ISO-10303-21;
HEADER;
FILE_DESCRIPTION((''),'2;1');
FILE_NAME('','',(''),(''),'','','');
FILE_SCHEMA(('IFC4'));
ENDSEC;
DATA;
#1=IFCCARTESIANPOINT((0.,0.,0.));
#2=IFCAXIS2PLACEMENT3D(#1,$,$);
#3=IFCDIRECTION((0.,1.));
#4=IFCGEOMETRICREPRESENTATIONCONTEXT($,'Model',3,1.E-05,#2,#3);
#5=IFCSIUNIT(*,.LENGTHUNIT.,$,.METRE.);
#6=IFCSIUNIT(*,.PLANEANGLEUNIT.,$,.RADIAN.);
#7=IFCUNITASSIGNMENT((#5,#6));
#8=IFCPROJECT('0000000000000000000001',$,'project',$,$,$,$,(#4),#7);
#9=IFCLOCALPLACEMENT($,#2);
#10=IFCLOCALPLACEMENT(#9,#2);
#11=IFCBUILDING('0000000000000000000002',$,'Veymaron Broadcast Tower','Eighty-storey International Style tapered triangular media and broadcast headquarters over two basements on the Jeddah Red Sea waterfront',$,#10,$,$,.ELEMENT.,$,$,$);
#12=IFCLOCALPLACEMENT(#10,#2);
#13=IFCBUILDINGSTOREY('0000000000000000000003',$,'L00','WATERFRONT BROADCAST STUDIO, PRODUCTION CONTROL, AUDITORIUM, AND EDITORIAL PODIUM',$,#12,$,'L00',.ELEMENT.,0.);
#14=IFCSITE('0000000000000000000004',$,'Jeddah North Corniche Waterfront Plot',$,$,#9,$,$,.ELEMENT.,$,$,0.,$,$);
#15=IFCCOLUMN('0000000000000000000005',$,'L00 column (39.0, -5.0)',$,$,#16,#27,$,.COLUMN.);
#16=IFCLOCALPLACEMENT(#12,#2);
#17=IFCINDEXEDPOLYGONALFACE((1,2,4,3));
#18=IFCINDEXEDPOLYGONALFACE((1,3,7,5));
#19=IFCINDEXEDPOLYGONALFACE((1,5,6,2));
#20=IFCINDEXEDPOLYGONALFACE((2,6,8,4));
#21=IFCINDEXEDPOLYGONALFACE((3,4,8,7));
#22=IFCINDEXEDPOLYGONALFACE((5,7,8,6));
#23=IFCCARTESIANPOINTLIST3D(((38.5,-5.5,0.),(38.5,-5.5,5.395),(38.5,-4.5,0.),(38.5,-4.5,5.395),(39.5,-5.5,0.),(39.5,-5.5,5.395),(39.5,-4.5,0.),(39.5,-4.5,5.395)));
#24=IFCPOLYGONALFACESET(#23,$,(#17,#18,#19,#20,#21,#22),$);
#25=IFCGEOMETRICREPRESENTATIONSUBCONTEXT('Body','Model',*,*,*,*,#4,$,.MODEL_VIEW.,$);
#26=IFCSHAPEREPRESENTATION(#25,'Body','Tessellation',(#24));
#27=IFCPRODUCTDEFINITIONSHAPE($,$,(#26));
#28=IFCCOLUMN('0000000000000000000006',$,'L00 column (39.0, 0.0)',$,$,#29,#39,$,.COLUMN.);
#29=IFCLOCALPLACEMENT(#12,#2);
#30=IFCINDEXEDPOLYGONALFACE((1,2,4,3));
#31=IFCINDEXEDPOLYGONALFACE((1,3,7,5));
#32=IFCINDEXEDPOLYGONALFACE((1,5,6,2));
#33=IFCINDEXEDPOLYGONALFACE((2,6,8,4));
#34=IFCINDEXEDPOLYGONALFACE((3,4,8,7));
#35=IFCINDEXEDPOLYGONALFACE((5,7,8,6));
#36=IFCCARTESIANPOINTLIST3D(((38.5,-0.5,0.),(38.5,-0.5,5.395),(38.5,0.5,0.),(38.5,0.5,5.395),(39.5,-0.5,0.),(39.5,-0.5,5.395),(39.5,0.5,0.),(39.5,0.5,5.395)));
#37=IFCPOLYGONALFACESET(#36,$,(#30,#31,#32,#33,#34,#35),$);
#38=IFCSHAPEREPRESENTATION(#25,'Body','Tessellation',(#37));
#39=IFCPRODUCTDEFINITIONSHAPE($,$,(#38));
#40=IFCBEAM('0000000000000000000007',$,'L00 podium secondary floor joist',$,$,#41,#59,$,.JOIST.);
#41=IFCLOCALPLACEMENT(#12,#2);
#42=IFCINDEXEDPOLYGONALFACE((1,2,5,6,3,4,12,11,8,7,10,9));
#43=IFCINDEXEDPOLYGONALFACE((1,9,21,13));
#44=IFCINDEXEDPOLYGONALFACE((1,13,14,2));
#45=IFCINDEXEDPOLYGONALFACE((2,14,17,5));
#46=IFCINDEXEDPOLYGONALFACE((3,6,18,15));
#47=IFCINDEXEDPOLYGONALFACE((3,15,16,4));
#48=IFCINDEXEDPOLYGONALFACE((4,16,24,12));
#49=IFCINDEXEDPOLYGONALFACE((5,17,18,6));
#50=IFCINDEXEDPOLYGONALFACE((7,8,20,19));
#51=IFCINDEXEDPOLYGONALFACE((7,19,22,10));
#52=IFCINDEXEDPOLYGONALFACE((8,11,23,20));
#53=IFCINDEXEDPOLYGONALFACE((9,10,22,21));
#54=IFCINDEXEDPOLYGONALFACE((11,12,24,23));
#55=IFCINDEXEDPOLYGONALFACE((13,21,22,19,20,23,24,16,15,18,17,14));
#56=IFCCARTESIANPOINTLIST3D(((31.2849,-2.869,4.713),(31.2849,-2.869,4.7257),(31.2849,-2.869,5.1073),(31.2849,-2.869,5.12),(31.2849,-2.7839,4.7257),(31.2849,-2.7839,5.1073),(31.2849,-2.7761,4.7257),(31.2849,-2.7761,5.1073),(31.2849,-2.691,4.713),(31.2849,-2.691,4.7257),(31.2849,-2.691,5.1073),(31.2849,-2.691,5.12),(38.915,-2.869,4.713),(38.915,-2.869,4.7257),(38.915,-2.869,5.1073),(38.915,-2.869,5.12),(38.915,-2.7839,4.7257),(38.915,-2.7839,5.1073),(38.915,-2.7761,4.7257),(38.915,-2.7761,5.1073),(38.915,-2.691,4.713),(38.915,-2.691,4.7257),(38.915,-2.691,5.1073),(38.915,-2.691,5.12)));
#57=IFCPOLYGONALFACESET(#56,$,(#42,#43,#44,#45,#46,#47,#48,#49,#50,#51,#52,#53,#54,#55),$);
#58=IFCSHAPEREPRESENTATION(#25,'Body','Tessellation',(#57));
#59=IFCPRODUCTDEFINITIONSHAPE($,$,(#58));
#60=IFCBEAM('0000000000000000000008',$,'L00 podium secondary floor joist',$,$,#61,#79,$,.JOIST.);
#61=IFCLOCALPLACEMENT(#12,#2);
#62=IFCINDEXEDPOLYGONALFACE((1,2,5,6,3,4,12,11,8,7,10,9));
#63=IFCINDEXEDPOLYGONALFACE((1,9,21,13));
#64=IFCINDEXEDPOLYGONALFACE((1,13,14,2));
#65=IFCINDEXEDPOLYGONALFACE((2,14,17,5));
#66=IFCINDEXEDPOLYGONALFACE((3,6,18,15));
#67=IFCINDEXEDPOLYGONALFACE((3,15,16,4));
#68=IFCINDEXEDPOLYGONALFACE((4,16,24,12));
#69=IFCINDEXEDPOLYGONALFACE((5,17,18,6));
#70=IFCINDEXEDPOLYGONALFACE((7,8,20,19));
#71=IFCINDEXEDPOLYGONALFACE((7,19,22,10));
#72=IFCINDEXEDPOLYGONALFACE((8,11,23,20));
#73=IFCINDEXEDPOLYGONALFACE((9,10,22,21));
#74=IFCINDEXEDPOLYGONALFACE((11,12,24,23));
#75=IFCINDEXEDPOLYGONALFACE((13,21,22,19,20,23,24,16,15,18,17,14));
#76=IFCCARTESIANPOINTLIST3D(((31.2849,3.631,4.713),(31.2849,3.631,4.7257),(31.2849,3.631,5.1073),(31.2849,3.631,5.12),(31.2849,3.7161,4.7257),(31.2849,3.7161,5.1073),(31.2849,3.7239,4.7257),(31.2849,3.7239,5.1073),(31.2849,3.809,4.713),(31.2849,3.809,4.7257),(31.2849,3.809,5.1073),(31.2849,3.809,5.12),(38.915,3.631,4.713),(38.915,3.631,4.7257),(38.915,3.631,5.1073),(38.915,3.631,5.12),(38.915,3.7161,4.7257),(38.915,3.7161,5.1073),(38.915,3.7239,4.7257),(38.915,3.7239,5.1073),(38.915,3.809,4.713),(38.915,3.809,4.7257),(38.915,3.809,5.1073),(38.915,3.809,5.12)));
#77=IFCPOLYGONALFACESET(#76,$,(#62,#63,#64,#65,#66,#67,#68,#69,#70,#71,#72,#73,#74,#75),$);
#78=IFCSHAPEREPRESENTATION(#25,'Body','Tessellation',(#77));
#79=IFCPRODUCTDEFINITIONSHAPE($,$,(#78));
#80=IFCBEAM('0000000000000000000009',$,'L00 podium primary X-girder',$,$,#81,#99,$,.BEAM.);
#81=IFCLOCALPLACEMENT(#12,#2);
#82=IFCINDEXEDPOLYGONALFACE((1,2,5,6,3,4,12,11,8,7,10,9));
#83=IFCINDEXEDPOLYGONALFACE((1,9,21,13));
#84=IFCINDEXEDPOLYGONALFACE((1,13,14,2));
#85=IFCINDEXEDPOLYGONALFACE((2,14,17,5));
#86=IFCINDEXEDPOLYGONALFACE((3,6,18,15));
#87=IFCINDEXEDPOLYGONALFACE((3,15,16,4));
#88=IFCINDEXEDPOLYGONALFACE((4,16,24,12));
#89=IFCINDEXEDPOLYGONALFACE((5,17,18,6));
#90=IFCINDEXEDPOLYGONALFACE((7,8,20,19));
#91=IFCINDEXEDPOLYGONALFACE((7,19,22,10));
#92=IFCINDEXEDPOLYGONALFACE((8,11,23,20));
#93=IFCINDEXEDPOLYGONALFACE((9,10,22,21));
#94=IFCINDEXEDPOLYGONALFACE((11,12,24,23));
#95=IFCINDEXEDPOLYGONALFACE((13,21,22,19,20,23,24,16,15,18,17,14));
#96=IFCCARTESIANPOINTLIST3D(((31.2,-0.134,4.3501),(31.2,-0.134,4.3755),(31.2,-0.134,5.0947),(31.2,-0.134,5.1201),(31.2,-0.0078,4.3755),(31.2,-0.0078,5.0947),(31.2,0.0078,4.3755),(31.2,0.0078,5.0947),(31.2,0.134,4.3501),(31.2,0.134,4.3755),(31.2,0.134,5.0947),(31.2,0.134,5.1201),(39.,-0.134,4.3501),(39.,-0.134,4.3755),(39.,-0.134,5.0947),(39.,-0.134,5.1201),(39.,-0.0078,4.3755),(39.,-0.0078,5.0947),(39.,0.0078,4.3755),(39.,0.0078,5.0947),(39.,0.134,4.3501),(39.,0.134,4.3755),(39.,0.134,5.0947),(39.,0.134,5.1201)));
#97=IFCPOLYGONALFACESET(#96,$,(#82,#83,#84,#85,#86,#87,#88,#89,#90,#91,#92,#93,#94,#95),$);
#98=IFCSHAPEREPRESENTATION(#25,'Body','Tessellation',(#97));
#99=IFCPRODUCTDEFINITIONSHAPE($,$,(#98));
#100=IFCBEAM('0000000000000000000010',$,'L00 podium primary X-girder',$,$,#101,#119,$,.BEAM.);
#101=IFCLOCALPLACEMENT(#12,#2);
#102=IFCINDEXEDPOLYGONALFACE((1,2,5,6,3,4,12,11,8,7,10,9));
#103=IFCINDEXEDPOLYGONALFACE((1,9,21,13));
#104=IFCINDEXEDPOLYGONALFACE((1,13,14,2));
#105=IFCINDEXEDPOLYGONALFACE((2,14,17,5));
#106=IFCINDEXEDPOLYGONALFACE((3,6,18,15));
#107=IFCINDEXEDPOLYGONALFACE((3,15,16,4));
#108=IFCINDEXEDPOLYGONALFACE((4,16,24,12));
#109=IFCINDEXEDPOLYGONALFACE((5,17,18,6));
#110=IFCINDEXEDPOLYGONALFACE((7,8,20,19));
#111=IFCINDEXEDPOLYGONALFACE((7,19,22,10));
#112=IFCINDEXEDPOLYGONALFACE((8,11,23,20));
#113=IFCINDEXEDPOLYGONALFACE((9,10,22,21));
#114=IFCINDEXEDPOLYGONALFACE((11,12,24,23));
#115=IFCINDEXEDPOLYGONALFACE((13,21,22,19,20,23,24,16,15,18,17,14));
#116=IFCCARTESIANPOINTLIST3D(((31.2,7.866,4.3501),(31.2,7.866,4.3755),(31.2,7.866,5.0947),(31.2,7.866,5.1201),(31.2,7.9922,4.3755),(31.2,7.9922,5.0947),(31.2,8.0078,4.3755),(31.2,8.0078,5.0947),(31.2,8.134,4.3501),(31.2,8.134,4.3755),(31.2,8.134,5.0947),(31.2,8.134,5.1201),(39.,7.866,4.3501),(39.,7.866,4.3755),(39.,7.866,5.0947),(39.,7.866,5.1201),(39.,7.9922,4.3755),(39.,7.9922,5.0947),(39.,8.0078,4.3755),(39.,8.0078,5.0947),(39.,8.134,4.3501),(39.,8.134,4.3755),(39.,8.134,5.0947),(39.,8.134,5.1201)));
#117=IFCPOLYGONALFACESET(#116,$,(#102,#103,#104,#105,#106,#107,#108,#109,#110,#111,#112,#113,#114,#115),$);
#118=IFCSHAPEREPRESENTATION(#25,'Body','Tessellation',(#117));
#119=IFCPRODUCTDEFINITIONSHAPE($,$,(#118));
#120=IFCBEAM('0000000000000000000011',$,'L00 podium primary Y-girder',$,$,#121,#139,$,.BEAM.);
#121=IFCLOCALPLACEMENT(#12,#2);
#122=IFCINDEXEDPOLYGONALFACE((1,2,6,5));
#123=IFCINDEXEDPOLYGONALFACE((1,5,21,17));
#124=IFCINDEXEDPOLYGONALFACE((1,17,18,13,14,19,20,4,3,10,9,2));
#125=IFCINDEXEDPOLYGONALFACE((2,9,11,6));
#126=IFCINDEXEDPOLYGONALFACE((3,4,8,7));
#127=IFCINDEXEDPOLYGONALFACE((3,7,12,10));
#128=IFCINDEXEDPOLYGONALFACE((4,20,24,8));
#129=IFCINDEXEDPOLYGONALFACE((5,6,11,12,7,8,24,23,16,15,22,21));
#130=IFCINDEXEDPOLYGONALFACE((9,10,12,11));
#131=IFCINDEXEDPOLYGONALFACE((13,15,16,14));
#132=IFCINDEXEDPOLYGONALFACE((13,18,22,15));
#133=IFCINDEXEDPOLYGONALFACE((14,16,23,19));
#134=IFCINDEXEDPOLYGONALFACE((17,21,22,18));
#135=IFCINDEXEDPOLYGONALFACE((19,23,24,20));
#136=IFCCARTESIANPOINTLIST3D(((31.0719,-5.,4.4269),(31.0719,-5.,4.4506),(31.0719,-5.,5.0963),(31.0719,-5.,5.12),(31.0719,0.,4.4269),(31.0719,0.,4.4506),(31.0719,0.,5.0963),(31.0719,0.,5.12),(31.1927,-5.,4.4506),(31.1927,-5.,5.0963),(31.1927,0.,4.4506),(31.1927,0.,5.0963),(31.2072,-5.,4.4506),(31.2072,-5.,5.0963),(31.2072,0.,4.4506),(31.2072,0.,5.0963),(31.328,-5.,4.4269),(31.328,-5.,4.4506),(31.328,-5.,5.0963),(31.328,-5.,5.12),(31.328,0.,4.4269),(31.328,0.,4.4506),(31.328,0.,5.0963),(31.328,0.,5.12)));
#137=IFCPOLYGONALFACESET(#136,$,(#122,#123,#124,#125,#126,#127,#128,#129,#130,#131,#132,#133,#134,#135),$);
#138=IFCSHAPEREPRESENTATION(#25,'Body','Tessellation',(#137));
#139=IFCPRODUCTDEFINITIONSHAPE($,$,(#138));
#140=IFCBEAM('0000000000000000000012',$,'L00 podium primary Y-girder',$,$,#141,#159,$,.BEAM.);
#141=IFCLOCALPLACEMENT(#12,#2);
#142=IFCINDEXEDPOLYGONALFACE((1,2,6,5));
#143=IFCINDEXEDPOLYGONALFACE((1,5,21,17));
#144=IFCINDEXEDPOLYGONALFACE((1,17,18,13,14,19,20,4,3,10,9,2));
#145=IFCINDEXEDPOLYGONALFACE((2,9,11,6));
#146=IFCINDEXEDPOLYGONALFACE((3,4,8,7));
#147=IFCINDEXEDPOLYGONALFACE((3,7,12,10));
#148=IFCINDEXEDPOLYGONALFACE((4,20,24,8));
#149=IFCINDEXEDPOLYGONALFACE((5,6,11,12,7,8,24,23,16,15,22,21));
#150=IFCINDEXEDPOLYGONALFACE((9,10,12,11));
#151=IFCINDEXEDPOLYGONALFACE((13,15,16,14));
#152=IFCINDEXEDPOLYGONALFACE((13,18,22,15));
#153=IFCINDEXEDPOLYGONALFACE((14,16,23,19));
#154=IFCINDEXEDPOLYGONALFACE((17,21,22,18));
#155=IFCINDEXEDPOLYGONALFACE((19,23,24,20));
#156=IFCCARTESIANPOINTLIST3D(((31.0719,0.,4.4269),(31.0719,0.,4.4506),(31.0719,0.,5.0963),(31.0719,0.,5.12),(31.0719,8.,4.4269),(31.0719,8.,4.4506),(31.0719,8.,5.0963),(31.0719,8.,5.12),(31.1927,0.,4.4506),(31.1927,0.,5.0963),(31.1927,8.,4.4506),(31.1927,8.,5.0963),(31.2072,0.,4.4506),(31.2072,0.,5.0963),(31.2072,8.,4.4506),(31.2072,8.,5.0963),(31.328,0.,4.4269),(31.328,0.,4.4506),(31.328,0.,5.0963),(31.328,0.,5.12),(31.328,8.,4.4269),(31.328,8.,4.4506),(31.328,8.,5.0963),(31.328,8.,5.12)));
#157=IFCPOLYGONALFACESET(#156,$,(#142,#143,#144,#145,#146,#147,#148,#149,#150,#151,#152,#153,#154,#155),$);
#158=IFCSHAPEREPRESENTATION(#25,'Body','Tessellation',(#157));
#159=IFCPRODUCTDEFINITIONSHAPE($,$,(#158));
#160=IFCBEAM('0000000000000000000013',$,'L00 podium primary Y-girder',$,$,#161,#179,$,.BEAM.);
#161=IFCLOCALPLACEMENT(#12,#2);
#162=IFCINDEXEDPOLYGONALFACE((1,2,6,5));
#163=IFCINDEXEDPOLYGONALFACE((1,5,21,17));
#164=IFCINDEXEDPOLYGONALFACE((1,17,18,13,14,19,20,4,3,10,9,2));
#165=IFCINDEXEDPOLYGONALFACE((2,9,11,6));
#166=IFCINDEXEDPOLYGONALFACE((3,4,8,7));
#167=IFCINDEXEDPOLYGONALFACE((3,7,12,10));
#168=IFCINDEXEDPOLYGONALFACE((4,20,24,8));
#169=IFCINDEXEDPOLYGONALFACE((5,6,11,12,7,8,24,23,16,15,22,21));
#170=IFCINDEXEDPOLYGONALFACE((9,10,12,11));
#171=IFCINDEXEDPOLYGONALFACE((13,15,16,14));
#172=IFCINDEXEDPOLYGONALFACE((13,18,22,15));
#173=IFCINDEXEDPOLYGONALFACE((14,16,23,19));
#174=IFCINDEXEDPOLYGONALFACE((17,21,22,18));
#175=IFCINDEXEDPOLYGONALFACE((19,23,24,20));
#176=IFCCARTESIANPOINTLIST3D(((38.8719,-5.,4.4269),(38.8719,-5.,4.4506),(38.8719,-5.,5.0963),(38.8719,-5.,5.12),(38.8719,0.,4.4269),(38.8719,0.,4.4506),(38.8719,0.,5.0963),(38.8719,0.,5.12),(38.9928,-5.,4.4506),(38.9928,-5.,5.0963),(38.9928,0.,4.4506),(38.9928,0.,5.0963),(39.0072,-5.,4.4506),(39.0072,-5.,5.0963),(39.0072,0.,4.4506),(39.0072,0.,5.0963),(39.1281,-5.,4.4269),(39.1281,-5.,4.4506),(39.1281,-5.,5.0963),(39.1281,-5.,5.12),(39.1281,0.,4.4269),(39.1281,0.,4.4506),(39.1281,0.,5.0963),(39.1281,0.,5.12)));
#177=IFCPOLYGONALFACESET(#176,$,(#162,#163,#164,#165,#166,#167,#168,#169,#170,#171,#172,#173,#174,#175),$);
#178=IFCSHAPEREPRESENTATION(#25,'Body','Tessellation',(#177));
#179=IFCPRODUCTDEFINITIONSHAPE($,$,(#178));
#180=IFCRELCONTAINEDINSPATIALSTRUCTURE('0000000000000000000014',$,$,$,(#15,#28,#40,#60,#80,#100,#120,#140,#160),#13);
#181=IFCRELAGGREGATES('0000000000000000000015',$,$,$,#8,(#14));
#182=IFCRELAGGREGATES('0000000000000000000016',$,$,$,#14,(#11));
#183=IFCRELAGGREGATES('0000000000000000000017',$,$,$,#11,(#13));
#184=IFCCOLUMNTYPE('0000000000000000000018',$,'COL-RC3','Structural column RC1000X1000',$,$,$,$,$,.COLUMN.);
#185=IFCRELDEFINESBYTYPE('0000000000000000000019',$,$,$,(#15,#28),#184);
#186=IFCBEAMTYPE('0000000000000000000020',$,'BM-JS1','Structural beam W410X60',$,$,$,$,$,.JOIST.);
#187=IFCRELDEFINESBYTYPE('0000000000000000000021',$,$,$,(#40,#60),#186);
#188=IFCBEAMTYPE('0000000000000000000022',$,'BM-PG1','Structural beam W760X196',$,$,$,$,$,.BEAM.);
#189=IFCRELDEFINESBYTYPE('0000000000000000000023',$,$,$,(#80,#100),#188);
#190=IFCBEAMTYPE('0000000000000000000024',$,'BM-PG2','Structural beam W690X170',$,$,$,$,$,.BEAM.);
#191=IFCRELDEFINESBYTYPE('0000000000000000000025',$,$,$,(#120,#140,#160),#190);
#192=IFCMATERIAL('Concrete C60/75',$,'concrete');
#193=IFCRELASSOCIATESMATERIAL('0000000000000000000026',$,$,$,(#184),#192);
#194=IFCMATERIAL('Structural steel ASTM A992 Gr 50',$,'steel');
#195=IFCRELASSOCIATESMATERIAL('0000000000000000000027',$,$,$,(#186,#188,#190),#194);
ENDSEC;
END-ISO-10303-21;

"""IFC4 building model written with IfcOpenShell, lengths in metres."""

from ifc_helpers import new_model, si_unit, direction, frame, origin, origin_2d, place, context, subcontext, project, spatial, rectangle, i_section, extrude, material, material_profile, profile_set, type_object, element, save


model = new_model("IFC4")

# Units and contexts
model_context = context("Model", 3, precision=1e-05, world=origin(), true_north=direction((0.0, 1.0)))
body_context = subcontext(model_context, "Body", "Model", "MODEL_VIEW")
ifc_project = project(units=[si_unit("LENGTHUNIT", "METRE"), si_unit("PLANEANGLEUNIT", "RADIAN")], contexts=[model_context])

# Site, building, storey
site_placement = place(None, origin())
site = spatial("IfcSite", under=ifc_project, at=site_placement, Name="Jeddah North Corniche Waterfront Plot", CompositionType="ELEMENT", RefElevation=0.0)
building_placement = place(site_placement, origin())
building = spatial("IfcBuilding", under=site, at=building_placement, Name="Veymaron Broadcast Tower", Description="Eighty-storey International Style tapered triangular media and broadcast headquarters over two basements on the Jeddah Red Sea waterfront", CompositionType="ELEMENT")
storey_placement = place(building_placement, origin())
storey = spatial("IfcBuildingStorey", under=building, at=storey_placement, Name="L00", Description="WATERFRONT BROADCAST STUDIO, PRODUCTION CONTROL, AUDITORIUM, AND EDITORIAL PODIUM", LongName="L00", CompositionType="ELEMENT", Elevation=0.0)

# Columns
ifc_material_1 = material(Name="Concrete C60/75", Category="concrete")
ifc_material_profile_1 = material_profile(ifc_material_1, rectangle(XDim=1.0, YDim=1.0, at=origin_2d()), Name="RC1000X1000")
ifc_profile_set_1 = profile_set([ifc_material_profile_1], Name="Concrete C60/75")
column_type = type_object("IfcColumnType", Name="COL-RC3", Description="Structural column RC1000X1000", PredefinedType="COLUMN", material=ifc_profile_set_1)
for number, where, z_axis, x_axis, name in (
    (1, (39.0, -5.0, 0.0), (0.0, 0.0, 1.0), (1.0, 0.0, 0.0), "L00 column (39.0, -5.0)"),
    (2, (39.0, 0.0, 0.0), (0.0, 0.0, 1.0), (1.0, 0.0, 0.0), "L00 column (39.0, 0.0)"),
):
    element("IfcColumn", number, at=place(storey_placement, frame(where, z_axis=z_axis, x_axis=x_axis)), inside=storey, type_object=column_type, Name=name, PredefinedType="COLUMN", context=body_context, shape_type="SweptSolid", body=[
        extrude(rectangle(XDim=1.0, YDim=1.0, at=origin_2d()), origin(), (0.0, 0.0, 1.0), 5.395),
    ])

# Beams
ifc_material_2 = material(Name="Structural steel ASTM A992 Gr 50", Category="steel")
ifc_material_profile_2 = material_profile(ifc_material_2, i_section(OverallWidth=0.178, OverallDepth=0.407, WebThickness=0.0078, FlangeThickness=0.0127, at=origin_2d()), Name="W410X60")
ifc_profile_set_2 = profile_set([ifc_material_profile_2], Name="Structural steel ASTM A992 Gr 50")
beam_type_1 = type_object("IfcBeamType", Name="BM-JS1", Description="Structural beam W410X60", PredefinedType="JOIST", material=ifc_profile_set_2)
for number, where, z_axis, x_axis, name in (
    (3, (31.2849, -2.78, 4.9165), (1.0, 0.0, 0.0), (0.0, 1.0, 0.0), "L00 podium secondary floor joist"),
    (4, (31.2849, 3.72, 4.9165), (1.0, 0.0, 0.0), (0.0, 1.0, 0.0), "L00 podium secondary floor joist"),
):
    element("IfcBeam", number, at=place(storey_placement, frame(where, z_axis=z_axis, x_axis=x_axis)), inside=storey, type_object=beam_type_1, Name=name, PredefinedType="JOIST", context=body_context, shape_type="SweptSolid", body=[
        extrude(i_section(OverallWidth=0.178, OverallDepth=0.407, WebThickness=0.0078, FlangeThickness=0.0127, at=origin_2d()), origin(), (0.0, 0.0, 1.0), 7.6301),
    ])
ifc_material_profile_3 = material_profile(ifc_material_2, i_section(OverallWidth=0.2681, OverallDepth=0.77, WebThickness=0.0156, FlangeThickness=0.0254, at=origin_2d()), Name="W760X196")
ifc_profile_set_3 = profile_set([ifc_material_profile_3], Name="Structural steel ASTM A992 Gr 50")
beam_type_2 = type_object("IfcBeamType", Name="BM-PG1", Description="Structural beam W760X196", PredefinedType="BEAM", material=ifc_profile_set_3)
for number, where, z_axis, x_axis, name in (
    (5, (31.2, 0.0, 4.7351), (1.0, 0.0, 0.0), (0.0, 1.0, 0.0), "L00 podium primary X-girder"),
    (6, (31.2, 8.0, 4.7351), (1.0, 0.0, 0.0), (0.0, 1.0, 0.0), "L00 podium primary X-girder"),
):
    element("IfcBeam", number, at=place(storey_placement, frame(where, z_axis=z_axis, x_axis=x_axis)), inside=storey, type_object=beam_type_2, Name=name, PredefinedType="BEAM", context=body_context, shape_type="SweptSolid", body=[
        extrude(i_section(OverallWidth=0.2681, OverallDepth=0.77, WebThickness=0.0156, FlangeThickness=0.0254, at=origin_2d()), origin(), (0.0, 0.0, 1.0), 7.8),
    ])
ifc_material_profile_4 = material_profile(ifc_material_2, i_section(OverallWidth=0.2561, OverallDepth=0.6931, WebThickness=0.0144, FlangeThickness=0.0237, at=origin_2d()), Name="W690X170")
ifc_profile_set_4 = profile_set([ifc_material_profile_4], Name="Structural steel ASTM A992 Gr 50")
beam_type_3 = type_object("IfcBeamType", Name="BM-PG2", Description="Structural beam W690X170", PredefinedType="BEAM", material=ifc_profile_set_4)
beam_1_placement = place(storey_placement, frame((31.2, -5.0, 4.7734), z_axis=(0.0, 1.0, 0.0), x_axis=(-1.0, 0.0, 0.0)))
element("IfcBeam", 7, at=beam_1_placement, inside=storey, type_object=beam_type_3, Name="L00 podium primary Y-girder", PredefinedType="BEAM", context=body_context, shape_type="SweptSolid", body=[
    extrude(i_section(OverallWidth=0.2561, OverallDepth=0.6931, WebThickness=0.0144, FlangeThickness=0.0237, at=origin_2d()), origin(), (0.0, 0.0, 1.0), 5.0),
])
beam_2_placement = place(storey_placement, frame((31.2, 0.0, 4.7734), z_axis=(0.0, 1.0, 0.0), x_axis=(-1.0, 0.0, 0.0)))
element("IfcBeam", 8, at=beam_2_placement, inside=storey, type_object=beam_type_3, Name="L00 podium primary Y-girder", PredefinedType="BEAM", context=body_context, shape_type="SweptSolid", body=[
    extrude(i_section(OverallWidth=0.2561, OverallDepth=0.6931, WebThickness=0.0144, FlangeThickness=0.0237, at=origin_2d()), origin(), (0.0, 0.0, 1.0), 8.0),
])
beam_3_placement = place(storey_placement, frame((39.0, -5.0, 4.7734), z_axis=(0.0, 1.0, 0.0), x_axis=(-1.0, 0.0, 0.0)))
element("IfcBeam", 9, at=beam_3_placement, inside=storey, type_object=beam_type_3, Name="L00 podium primary Y-girder", PredefinedType="BEAM", context=body_context, shape_type="SweptSolid", body=[
    extrude(i_section(OverallWidth=0.2561, OverallDepth=0.6931, WebThickness=0.0144, FlangeThickness=0.0237, at=origin_2d()), origin(), (0.0, 0.0, 1.0), 5.0),
])

save(model, "model.ifc")
